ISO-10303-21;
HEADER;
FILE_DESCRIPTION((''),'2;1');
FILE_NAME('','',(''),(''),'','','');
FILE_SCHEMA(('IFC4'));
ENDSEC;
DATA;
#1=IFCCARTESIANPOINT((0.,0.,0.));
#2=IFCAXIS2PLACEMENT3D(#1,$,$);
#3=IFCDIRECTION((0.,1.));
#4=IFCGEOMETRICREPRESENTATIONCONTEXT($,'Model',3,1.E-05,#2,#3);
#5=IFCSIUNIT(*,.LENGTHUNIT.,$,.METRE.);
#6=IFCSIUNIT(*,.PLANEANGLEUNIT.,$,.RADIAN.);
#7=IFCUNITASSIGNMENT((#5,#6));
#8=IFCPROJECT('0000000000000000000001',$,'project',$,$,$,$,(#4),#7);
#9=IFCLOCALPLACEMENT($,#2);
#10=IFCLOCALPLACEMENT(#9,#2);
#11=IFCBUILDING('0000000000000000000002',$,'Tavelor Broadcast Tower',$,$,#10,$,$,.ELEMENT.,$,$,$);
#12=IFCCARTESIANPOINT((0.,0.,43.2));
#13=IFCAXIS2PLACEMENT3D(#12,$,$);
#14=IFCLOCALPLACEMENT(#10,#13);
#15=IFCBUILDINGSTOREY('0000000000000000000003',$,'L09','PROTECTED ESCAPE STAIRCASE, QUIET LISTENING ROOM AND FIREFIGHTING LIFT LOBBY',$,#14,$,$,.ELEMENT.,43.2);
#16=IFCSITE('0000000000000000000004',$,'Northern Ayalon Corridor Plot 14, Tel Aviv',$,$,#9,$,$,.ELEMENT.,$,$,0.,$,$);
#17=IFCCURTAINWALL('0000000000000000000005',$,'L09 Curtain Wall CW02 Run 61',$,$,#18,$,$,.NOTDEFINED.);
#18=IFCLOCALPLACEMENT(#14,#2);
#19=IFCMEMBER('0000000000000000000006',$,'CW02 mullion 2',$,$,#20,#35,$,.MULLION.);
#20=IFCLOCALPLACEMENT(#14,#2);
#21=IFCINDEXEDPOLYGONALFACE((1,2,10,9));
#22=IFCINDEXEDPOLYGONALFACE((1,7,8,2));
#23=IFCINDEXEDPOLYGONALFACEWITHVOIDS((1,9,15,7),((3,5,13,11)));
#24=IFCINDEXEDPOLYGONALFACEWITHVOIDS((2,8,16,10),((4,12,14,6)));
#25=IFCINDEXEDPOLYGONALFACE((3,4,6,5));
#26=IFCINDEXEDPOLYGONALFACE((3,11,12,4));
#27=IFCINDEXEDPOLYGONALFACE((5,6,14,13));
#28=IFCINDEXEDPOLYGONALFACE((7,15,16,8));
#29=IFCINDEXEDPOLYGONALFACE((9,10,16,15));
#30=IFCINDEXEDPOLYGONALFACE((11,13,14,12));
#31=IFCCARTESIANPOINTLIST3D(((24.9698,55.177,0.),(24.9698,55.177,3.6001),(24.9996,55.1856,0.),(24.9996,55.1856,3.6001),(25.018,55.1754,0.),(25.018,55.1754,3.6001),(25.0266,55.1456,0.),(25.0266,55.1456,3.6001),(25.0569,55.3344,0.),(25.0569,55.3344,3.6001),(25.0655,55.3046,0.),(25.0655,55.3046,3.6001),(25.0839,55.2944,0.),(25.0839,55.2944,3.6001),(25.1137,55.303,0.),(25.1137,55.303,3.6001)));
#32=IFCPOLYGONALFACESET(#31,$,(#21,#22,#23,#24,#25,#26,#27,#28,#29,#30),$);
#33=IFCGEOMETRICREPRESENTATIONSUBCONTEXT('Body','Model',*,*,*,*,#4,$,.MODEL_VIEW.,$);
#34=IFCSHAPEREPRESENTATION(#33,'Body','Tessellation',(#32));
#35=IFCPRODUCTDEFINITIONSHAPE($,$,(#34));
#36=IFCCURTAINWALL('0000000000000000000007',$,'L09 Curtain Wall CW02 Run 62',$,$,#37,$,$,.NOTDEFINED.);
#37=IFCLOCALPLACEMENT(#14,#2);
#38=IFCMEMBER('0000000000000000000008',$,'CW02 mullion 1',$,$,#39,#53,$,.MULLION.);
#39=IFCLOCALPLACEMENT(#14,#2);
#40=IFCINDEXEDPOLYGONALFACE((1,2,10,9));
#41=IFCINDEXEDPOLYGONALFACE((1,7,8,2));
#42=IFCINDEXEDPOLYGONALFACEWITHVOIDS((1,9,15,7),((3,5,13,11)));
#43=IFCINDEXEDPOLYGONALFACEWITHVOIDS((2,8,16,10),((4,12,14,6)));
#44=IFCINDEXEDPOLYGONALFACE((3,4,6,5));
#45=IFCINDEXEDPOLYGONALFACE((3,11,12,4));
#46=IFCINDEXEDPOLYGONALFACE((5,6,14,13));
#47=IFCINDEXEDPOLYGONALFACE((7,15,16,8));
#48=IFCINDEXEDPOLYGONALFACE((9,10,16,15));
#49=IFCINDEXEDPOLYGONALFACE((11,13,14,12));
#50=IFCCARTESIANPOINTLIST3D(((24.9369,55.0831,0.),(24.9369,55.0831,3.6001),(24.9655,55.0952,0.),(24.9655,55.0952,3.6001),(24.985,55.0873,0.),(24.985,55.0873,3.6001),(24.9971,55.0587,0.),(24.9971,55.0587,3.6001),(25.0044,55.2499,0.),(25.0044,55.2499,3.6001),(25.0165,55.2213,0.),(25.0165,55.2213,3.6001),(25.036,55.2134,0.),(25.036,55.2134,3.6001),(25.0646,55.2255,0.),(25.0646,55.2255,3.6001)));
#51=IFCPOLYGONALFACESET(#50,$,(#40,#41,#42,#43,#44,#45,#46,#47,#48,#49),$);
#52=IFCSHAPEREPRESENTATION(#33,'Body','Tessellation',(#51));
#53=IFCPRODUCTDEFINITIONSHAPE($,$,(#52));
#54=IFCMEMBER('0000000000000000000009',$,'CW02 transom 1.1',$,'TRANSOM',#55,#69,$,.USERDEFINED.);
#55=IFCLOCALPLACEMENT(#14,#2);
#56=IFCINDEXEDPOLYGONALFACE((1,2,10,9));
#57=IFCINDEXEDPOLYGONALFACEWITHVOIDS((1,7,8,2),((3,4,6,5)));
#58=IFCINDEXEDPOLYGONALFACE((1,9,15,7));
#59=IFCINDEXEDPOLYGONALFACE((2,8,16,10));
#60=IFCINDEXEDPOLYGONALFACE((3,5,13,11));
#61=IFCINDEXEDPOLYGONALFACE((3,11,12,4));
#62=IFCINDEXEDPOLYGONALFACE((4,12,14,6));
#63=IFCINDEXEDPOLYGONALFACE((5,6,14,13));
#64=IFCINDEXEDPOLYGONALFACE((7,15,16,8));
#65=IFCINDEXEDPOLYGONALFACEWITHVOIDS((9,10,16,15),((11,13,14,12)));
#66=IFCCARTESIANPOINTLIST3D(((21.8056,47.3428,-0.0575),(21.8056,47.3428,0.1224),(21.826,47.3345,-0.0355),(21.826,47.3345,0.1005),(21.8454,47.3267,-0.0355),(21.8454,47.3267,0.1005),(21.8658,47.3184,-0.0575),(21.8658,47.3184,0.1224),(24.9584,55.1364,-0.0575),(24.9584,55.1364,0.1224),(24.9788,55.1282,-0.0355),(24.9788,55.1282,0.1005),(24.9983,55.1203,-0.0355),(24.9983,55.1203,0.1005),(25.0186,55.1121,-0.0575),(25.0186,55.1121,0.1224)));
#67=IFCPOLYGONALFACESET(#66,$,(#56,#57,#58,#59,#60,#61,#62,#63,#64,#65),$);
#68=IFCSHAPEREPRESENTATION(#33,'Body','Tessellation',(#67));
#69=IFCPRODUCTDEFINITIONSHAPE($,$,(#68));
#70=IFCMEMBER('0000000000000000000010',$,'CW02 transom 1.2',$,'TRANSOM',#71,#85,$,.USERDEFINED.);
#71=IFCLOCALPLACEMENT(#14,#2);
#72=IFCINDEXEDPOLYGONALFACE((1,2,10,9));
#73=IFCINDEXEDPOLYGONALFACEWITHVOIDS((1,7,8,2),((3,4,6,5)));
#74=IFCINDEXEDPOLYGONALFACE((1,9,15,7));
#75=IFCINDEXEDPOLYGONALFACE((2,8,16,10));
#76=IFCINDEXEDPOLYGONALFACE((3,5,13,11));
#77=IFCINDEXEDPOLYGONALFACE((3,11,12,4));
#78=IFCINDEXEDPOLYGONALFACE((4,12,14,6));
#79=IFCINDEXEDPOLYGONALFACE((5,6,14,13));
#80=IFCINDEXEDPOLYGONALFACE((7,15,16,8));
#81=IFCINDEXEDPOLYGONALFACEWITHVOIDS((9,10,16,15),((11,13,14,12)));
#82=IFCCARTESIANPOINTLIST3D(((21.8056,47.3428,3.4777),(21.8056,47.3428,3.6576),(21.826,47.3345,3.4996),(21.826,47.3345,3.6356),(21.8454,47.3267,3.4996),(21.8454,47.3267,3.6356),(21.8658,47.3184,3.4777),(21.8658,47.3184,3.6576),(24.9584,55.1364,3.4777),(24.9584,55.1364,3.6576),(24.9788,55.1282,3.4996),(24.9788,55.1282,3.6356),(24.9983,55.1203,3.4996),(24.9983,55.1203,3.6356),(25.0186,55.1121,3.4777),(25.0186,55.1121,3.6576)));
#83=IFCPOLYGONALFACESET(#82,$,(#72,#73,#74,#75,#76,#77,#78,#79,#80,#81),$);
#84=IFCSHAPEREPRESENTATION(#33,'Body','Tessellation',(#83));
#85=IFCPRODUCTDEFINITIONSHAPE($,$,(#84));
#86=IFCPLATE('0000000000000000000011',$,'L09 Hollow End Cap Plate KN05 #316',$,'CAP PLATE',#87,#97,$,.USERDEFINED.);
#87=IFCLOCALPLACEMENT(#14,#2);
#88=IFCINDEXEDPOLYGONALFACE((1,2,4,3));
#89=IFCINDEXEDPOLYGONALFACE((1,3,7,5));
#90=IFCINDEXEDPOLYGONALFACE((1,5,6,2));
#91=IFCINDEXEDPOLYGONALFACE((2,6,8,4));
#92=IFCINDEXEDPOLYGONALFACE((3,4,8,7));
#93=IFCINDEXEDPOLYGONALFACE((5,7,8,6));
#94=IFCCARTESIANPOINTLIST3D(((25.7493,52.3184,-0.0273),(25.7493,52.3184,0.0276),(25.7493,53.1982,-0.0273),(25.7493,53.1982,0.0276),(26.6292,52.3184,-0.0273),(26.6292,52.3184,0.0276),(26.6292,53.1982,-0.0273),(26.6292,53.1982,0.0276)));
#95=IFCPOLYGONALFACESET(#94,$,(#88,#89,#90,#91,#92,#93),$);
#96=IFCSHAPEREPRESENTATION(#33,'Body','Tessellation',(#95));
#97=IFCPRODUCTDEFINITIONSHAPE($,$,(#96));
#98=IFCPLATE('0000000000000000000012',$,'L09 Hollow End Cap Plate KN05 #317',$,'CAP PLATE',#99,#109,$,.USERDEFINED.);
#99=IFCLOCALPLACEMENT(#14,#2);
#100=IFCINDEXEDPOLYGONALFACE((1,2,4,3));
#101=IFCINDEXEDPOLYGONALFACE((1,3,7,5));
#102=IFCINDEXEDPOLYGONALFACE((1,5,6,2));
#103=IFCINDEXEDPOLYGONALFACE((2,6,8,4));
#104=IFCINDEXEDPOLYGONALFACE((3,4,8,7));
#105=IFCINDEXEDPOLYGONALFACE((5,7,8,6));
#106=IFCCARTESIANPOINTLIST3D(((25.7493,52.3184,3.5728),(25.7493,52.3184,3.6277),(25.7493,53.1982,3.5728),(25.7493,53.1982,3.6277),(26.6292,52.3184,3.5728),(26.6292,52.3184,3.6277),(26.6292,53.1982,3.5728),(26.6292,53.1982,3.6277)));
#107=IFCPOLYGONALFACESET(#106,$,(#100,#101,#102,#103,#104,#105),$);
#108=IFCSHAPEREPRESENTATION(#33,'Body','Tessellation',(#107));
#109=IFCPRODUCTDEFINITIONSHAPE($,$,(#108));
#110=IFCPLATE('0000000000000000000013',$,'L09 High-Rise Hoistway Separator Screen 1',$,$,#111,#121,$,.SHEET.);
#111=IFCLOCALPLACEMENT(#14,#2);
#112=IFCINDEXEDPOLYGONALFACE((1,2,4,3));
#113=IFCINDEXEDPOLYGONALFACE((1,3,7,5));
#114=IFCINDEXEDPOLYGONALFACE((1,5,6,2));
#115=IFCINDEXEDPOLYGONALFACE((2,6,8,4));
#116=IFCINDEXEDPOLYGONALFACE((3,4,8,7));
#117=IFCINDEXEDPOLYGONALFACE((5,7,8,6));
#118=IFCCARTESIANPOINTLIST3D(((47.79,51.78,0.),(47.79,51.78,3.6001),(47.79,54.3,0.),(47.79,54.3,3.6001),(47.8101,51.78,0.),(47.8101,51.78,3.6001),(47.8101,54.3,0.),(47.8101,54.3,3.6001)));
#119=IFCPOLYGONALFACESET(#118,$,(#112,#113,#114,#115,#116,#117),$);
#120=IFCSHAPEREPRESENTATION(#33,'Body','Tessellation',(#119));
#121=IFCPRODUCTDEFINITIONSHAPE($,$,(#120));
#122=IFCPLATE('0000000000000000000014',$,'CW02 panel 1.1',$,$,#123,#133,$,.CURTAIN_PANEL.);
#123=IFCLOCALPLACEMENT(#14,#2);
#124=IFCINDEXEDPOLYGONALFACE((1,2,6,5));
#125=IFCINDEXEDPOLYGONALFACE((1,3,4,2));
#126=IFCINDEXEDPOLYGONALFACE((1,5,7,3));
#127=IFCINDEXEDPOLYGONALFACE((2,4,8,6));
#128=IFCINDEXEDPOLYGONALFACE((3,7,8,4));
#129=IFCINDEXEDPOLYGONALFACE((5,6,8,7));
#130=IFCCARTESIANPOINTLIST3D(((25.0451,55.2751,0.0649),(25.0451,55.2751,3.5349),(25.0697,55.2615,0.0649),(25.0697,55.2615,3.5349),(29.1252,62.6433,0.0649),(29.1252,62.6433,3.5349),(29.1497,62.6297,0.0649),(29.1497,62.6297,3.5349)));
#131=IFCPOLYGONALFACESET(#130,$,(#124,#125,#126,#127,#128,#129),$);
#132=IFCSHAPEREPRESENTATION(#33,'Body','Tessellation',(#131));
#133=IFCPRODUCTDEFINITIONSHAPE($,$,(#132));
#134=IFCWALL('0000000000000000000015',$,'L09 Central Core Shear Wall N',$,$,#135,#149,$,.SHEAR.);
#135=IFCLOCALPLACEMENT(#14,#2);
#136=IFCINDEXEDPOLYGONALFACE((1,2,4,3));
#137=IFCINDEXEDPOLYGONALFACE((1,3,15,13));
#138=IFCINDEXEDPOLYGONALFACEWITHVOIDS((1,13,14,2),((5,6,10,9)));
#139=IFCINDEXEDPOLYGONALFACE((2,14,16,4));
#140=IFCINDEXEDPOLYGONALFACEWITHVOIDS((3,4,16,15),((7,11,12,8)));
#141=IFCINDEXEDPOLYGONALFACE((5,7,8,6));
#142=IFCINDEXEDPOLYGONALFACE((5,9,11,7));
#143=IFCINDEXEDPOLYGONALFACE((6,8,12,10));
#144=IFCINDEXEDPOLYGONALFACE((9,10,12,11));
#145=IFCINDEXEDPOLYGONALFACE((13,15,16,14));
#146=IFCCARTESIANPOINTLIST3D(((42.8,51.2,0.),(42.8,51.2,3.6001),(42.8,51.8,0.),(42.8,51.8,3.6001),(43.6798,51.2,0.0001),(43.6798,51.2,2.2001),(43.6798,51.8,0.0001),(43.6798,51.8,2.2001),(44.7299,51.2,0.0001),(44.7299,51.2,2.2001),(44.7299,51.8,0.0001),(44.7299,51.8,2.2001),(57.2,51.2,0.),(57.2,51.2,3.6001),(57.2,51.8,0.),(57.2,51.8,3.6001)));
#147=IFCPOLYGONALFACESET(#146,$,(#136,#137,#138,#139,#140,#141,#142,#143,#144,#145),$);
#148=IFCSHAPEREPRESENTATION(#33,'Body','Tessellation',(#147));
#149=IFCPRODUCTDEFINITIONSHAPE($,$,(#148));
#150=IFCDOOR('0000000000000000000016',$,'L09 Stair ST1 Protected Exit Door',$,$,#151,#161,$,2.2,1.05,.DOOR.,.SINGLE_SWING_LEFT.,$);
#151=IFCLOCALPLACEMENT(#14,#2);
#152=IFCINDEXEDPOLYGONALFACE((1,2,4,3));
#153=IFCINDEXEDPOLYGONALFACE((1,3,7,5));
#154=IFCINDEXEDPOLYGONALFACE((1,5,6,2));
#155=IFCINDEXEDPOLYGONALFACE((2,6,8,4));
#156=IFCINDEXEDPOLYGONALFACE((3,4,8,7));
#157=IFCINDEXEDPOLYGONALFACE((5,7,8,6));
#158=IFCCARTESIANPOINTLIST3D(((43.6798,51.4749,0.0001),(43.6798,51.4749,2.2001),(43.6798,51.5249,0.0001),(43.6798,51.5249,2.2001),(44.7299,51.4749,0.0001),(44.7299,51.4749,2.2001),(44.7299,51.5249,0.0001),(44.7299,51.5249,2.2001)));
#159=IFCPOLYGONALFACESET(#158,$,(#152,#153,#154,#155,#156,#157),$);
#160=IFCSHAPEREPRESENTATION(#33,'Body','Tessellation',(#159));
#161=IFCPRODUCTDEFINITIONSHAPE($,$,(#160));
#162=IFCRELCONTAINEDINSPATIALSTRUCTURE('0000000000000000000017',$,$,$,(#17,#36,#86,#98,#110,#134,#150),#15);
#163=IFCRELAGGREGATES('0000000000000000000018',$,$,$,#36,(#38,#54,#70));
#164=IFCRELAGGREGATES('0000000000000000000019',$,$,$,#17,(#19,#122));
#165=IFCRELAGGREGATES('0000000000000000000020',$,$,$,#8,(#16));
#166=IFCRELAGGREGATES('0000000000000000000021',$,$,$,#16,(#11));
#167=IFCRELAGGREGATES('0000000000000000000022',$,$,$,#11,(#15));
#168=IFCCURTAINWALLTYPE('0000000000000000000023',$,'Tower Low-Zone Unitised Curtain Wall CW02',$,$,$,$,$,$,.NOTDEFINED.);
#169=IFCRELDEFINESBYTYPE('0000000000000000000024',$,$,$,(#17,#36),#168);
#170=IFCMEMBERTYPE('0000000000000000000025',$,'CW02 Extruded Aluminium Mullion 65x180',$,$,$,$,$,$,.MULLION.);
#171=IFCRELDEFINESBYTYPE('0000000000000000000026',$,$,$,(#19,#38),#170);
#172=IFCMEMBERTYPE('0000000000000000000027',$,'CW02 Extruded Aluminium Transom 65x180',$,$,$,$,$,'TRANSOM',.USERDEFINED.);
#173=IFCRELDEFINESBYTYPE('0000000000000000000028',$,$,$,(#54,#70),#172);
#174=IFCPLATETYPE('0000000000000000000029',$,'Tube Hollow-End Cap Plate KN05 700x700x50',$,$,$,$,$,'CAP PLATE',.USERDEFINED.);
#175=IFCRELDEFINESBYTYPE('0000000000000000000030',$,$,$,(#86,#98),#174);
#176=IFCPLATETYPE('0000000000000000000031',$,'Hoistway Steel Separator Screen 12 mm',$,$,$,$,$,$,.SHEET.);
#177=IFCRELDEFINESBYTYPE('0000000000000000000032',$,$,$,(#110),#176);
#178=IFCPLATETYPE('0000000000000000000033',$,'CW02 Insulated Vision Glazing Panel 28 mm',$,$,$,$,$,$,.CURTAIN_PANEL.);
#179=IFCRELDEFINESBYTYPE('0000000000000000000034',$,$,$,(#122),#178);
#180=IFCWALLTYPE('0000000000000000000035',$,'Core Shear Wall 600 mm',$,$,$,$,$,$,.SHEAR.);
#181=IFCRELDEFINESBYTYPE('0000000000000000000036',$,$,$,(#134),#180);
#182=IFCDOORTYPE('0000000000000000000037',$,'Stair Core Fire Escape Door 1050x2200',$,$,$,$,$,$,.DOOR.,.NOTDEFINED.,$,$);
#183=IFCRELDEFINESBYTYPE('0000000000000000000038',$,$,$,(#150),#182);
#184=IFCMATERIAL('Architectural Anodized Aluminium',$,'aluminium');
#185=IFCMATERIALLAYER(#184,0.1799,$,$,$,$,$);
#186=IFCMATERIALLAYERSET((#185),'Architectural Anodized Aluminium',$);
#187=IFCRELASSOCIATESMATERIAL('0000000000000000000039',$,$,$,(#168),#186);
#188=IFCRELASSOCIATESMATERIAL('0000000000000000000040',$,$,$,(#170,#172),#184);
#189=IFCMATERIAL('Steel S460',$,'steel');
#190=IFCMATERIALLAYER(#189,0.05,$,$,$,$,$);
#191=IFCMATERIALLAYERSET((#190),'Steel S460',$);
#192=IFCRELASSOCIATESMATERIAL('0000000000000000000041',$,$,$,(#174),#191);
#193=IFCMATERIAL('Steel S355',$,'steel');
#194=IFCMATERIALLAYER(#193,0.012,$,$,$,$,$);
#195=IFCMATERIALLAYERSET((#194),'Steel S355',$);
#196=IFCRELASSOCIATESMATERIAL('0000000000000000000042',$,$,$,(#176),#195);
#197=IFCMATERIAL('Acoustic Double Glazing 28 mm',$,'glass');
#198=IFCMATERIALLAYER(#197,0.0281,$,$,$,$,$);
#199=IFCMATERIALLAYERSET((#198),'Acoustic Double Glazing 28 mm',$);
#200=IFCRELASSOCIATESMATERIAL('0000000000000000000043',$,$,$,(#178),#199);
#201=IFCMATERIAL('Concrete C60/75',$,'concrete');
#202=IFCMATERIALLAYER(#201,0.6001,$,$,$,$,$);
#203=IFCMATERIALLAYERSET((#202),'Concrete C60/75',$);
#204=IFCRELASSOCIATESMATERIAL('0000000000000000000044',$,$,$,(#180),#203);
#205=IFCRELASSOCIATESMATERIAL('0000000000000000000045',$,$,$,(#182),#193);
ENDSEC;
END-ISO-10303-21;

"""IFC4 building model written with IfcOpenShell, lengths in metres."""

from ifc_helpers import new_model, si_unit, direction, frame, frame_2d, origin, origin_2d, place, context, subcontext, project, spatial, rectangle, hollow_rectangle, extrude, source, transform, mapped, material, layer, layer_set, material_profile, profile_set, type_object, type_shapes, element, fill, aggregate, save


model = new_model("IFC4")

# Units and contexts
model_context = context("Model", 3, precision=1e-05, world=origin(), true_north=direction((0.0, 1.0)))
body_context = subcontext(model_context, "Body", "Model", "MODEL_VIEW")
ifc_project = project(units=[si_unit("LENGTHUNIT", "METRE"), si_unit("PLANEANGLEUNIT", "RADIAN")], contexts=[model_context])

# Site, building, storey
site_placement = place(None, origin())
site = spatial("IfcSite", under=ifc_project, at=site_placement, Name="Northern Ayalon Corridor Plot 14, Tel Aviv", CompositionType="ELEMENT", RefElevation=0.0)
building_placement = place(site_placement, origin())
building = spatial("IfcBuilding", under=site, at=building_placement, Name="Tavelor Broadcast Tower", CompositionType="ELEMENT")
storey_placement = place(building_placement, frame((0.0, 0.0, 43.2)))
storey = spatial("IfcBuildingStorey", under=building, at=storey_placement, Name="L09", Description="PROTECTED ESCAPE STAIRCASE, QUIET LISTENING ROOM AND FIREFIGHTING LIFT LOBBY", CompositionType="ELEMENT", Elevation=43.2)

# Shared definitions
ifc_material_1 = material(Name="Steel S460", Category="steel")

# Shared definitions
ifc_material_2 = material(Name="Steel S355", Category="steel")

# Curtain wall, member
ifc_material_3 = material(Name="Architectural Anodized Aluminium", Category="aluminium")
ifc_layer_1 = layer(ifc_material_3, 0.1799)
ifc_layer_set_1 = layer_set([ifc_layer_1], Name="Architectural Anodized Aluminium")
curtain_wall_type = type_object("IfcCurtainWallType", Name="Tower Low-Zone Unitised Curtain Wall CW02", PredefinedType="NOTDEFINED", material=ifc_layer_set_1)
curtain_wall_1_placement = place(storey_placement, origin())
curtain_wall_1 = element("IfcCurtainWall", 1, at=curtain_wall_1_placement, inside=storey, type_object=curtain_wall_type, Name="L09 Curtain Wall CW02 Run 61", PredefinedType="NOTDEFINED")
ifc_material_profile_1 = material_profile(ifc_material_3, hollow_rectangle(XDim=0.0649, YDim=0.1799, WallThickness=0.022, at=origin_2d()), Name="RHS 65x180x22")
ifc_profile_set_1 = profile_set([ifc_material_profile_1], Name="Architectural Anodized Aluminium")
member_type_1 = type_object("IfcMemberType", Name="CW02 Extruded Aluminium Mullion 65x180", PredefinedType="MULLION", material=ifc_profile_set_1)
shared_shape_1 = source(origin(), body_context, "Body", "SweptSolid", [
    extrude(hollow_rectangle(XDim=0.0649, YDim=0.1799, WallThickness=0.022, at=origin_2d()), origin(), (0.0, 0.0, 1.0), 3.6001),
])
type_shapes(member_type_1, [shared_shape_1])
member_1_placement = place(storey_placement, frame((25.0417, 55.24, 0.0), z_axis=(0.0, 0.0, 1.0), x_axis=(0.874829, -0.484431, 0.0)))
member_1 = element("IfcMember", 2, at=member_1_placement, type_object=member_type_1, Name="CW02 mullion 2", PredefinedType="MULLION", context=body_context, shape_type="MappedRepresentation", body=[
    mapped(shared_shape_1, transform((0.0, 0.0, 0.0), scale=1.0)),
])

# Curtain wall, members
curtain_wall_2_placement = place(storey_placement, origin())
curtain_wall_2 = element("IfcCurtainWall", 3, at=curtain_wall_2_placement, inside=storey, type_object=curtain_wall_type, Name="L09 Curtain Wall CW02 Run 62", PredefinedType="NOTDEFINED")
member_2_placement = place(storey_placement, frame((25.0007, 55.1543, 0.0), z_axis=(0.0, 0.0, 1.0), x_axis=(0.927019, -0.375015, 0.0)))
member_2 = element("IfcMember", 4, at=member_2_placement, type_object=member_type_1, Name="CW02 mullion 1", PredefinedType="MULLION", context=body_context, shape_type="MappedRepresentation", body=[
    mapped(shared_shape_1, transform((0.0, 0.0, 0.0), scale=1.0)),
])
ifc_material_profile_2 = material_profile(ifc_material_3, hollow_rectangle(XDim=0.0649, YDim=0.1799, WallThickness=0.022, at=origin_2d()), Name="RHS 65x180x22")
ifc_profile_set_2 = profile_set([ifc_material_profile_2], Name="Architectural Anodized Aluminium")
member_type_2 = type_object("IfcMemberType", Name="CW02 Extruded Aluminium Transom 65x180", ElementType="TRANSOM", PredefinedType="USERDEFINED", material=ifc_profile_set_2)
shared_shape_2 = source(origin(), body_context, "Body", "SweptSolid", [
    extrude(hollow_rectangle(XDim=0.0649, YDim=0.1799, WallThickness=0.022, at=origin_2d()), origin(), (0.0, 0.0, 1.0), 8.4072),
])
type_shapes(member_type_2, [shared_shape_2])
member_3_placement = place(storey_placement, frame((24.9885, 55.1243, 0.0325), z_axis=(-0.375013, -0.92702, 0.0), x_axis=(0.92702, -0.375013, 0.0)))
member_3 = element("IfcMember", 5, at=member_3_placement, type_object=member_type_2, Name="CW02 transom 1.1", ObjectType="TRANSOM", PredefinedType="USERDEFINED", context=body_context, shape_type="MappedRepresentation", body=[
    mapped(shared_shape_2, transform((0.0, 0.0, 0.0), scale=1.0)),
])
member_4_placement = place(storey_placement, frame((24.9885, 55.1243, 3.5676), z_axis=(-0.375013, -0.92702, 0.0), x_axis=(0.92702, -0.375013, 0.0)))
member_4 = element("IfcMember", 6, at=member_4_placement, type_object=member_type_2, Name="CW02 transom 1.2", ObjectType="TRANSOM", PredefinedType="USERDEFINED", context=body_context, shape_type="MappedRepresentation", body=[
    mapped(shared_shape_2, transform((0.0, 0.0, 0.0), scale=1.0)),
])
aggregate(curtain_wall_2, [member_2, member_3, member_4])

# Plates
ifc_layer_2 = layer(ifc_material_1, 0.05)
ifc_layer_set_2 = layer_set([ifc_layer_2], Name="Steel S460")
plate_type_1 = type_object("IfcPlateType", Name="Tube Hollow-End Cap Plate KN05 700x700x50", ElementType="CAP PLATE", PredefinedType="USERDEFINED", material=ifc_layer_set_2)
shared_shape_3 = source(origin(), body_context, "Body", "SweptSolid", [
    extrude(rectangle(XDim=0.8799, YDim=0.8799, at=origin_2d()), origin(), (0.0, 0.0, 1.0), 0.0549),
])
type_shapes(plate_type_1, [shared_shape_3])
for number, where, z_axis, x_axis, name in (
    (7, (26.1892, 52.7583, -0.0273), (0.0, 0.0, 1.0), (1.0, 0.0, 0.0), "L09 Hollow End Cap Plate KN05 #316"),
    (8, (26.1892, 52.7583, 3.5728), (0.0, 0.0, 1.0), (1.0, 0.0, 0.0), "L09 Hollow End Cap Plate KN05 #317"),
):
    element("IfcPlate", number, at=place(storey_placement, frame(where, z_axis=z_axis, x_axis=x_axis)), inside=storey, type_object=plate_type_1, Name=name, ObjectType="CAP PLATE", PredefinedType="USERDEFINED", context=body_context, shape_type="MappedRepresentation", body=[
        mapped(shared_shape_3, transform((0.0, 0.0, 0.0), scale=1.0)),
    ])
ifc_layer_3 = layer(ifc_material_2, 0.012)
ifc_layer_set_3 = layer_set([ifc_layer_3], Name="Steel S355")
plate_type_2 = type_object("IfcPlateType", Name="Hoistway Steel Separator Screen 12 mm", PredefinedType="SHEET", material=ifc_layer_set_3)
shared_shape_4 = source(origin(), body_context, "Body", "SweptSolid", [
    extrude(rectangle(XDim=0.02, YDim=2.52, at=origin_2d()), origin(), (0.0, 0.0, 1.0), 3.6001),
])
type_shapes(plate_type_2, [shared_shape_4])
plate_1_placement = place(storey_placement, frame((47.8, 53.04, 0.0), z_axis=(0.0, 0.0, 1.0), x_axis=(1.0, 0.0, 0.0)))
element("IfcPlate", 9, at=plate_1_placement, inside=storey, type_object=plate_type_2, Name="L09 High-Rise Hoistway Separator Screen 1", PredefinedType="SHEET", context=body_context, shape_type="MappedRepresentation", body=[
    mapped(shared_shape_4, transform((0.0, 0.0, 0.0), scale=1.0)),
])

# Plate
ifc_material_4 = material(Name="Acoustic Double Glazing 28 mm", Category="glass")
ifc_layer_4 = layer(ifc_material_4, 0.0281)
ifc_layer_set_4 = layer_set([ifc_layer_4], Name="Acoustic Double Glazing 28 mm")
plate_type_3 = type_object("IfcPlateType", Name="CW02 Insulated Vision Glazing Panel 28 mm", PredefinedType="CURTAIN_PANEL", material=ifc_layer_set_4)
shared_shape_5 = source(origin(), body_context, "Body", "SweptSolid", [
    extrude(rectangle(XDim=8.4224, YDim=0.0281, at=origin_2d()), origin(), (0.0, 0.0, 1.0), 3.47),
])
type_shapes(plate_type_3, [shared_shape_5])
plate_2_placement = place(storey_placement, frame((27.0974, 58.9524, 0.0649), z_axis=(0.0, 0.0, 1.0), x_axis=(-0.484431, -0.874829, 0.0)))
plate_2 = element("IfcPlate", 10, at=plate_2_placement, type_object=plate_type_3, Name="CW02 panel 1.1", PredefinedType="CURTAIN_PANEL", context=body_context, shape_type="MappedRepresentation", body=[
    mapped(shared_shape_5, transform((0.0, 0.0, 0.0), scale=1.0)),
])
aggregate(curtain_wall_1, [member_1, plate_2])

# Wall, opening, door
ifc_material_5 = material(Name="Concrete C60/75", Category="concrete")
ifc_layer_5 = layer(ifc_material_5, 0.6001)
ifc_layer_set_5 = layer_set([ifc_layer_5], Name="Concrete C60/75")
wall_type_1 = type_object("IfcWallType", Name="Core Shear Wall 600 mm", PredefinedType="SHEAR", material=ifc_layer_set_5)
wall_1_placement = place(storey_placement, frame((42.8, 51.5, 0.0), z_axis=(0.0, 0.0, 1.0), x_axis=(1.0, 0.0, 0.0)))
wall_1 = element("IfcWall", 11, at=wall_1_placement, inside=storey, type_object=wall_type_1, Name="L09 Central Core Shear Wall N", PredefinedType="SHEAR", context=body_context, shape_type="SweptSolid", body=[
    extrude(rectangle(XDim=14.3999, YDim=0.6001, at=frame_2d((7.2, 0.0))), origin(), (0.0, 0.0, 1.0), 3.6001),
])
opening_1_placement = place(wall_1_placement, frame((0.8799, 0.0, 0.0)))
opening_1 = element("IfcOpeningElement", 12, at=opening_1_placement, cuts=wall_1, PredefinedType="OPENING", context=body_context, shape_type="SweptSolid", body=[
    extrude(rectangle(XDim=1.05, YDim=2.2, at=frame_2d((0.5249, 1.1001))), frame((0.0, 0.3101, 0.0), z_axis=(0.0, -1.0, 0.0), x_axis=(1.0, 0.0, 0.0)), (0.0, 0.0, 1.0), 0.6201),
])
door_type_1 = type_object("IfcDoorType", Name="Stair Core Fire Escape Door 1050x2200", OperationType="NOTDEFINED", PredefinedType="DOOR", material=ifc_material_2)
door_1_placement = place(opening_1_placement, origin())
door_1 = element("IfcDoor", 13, at=door_1_placement, inside=storey, type_object=door_type_1, Name="L09 Stair ST1 Protected Exit Door", OperationType="SINGLE_SWING_LEFT", OverallHeight=2.2, OverallWidth=1.05, PredefinedType="DOOR", context=body_context, shape_type="SweptSolid", body=[
    extrude(rectangle(XDim=1.05, YDim=2.2, at=frame_2d((0.5249, 1.1001))), frame((0.0, 0.0249, 0.0), z_axis=(0.0, -1.0, 0.0), x_axis=(1.0, 0.0, 0.0)), (0.0, 0.0, 1.0), 0.05),
])
fill(opening_1, door_1)

save(model, "model.ifc")
